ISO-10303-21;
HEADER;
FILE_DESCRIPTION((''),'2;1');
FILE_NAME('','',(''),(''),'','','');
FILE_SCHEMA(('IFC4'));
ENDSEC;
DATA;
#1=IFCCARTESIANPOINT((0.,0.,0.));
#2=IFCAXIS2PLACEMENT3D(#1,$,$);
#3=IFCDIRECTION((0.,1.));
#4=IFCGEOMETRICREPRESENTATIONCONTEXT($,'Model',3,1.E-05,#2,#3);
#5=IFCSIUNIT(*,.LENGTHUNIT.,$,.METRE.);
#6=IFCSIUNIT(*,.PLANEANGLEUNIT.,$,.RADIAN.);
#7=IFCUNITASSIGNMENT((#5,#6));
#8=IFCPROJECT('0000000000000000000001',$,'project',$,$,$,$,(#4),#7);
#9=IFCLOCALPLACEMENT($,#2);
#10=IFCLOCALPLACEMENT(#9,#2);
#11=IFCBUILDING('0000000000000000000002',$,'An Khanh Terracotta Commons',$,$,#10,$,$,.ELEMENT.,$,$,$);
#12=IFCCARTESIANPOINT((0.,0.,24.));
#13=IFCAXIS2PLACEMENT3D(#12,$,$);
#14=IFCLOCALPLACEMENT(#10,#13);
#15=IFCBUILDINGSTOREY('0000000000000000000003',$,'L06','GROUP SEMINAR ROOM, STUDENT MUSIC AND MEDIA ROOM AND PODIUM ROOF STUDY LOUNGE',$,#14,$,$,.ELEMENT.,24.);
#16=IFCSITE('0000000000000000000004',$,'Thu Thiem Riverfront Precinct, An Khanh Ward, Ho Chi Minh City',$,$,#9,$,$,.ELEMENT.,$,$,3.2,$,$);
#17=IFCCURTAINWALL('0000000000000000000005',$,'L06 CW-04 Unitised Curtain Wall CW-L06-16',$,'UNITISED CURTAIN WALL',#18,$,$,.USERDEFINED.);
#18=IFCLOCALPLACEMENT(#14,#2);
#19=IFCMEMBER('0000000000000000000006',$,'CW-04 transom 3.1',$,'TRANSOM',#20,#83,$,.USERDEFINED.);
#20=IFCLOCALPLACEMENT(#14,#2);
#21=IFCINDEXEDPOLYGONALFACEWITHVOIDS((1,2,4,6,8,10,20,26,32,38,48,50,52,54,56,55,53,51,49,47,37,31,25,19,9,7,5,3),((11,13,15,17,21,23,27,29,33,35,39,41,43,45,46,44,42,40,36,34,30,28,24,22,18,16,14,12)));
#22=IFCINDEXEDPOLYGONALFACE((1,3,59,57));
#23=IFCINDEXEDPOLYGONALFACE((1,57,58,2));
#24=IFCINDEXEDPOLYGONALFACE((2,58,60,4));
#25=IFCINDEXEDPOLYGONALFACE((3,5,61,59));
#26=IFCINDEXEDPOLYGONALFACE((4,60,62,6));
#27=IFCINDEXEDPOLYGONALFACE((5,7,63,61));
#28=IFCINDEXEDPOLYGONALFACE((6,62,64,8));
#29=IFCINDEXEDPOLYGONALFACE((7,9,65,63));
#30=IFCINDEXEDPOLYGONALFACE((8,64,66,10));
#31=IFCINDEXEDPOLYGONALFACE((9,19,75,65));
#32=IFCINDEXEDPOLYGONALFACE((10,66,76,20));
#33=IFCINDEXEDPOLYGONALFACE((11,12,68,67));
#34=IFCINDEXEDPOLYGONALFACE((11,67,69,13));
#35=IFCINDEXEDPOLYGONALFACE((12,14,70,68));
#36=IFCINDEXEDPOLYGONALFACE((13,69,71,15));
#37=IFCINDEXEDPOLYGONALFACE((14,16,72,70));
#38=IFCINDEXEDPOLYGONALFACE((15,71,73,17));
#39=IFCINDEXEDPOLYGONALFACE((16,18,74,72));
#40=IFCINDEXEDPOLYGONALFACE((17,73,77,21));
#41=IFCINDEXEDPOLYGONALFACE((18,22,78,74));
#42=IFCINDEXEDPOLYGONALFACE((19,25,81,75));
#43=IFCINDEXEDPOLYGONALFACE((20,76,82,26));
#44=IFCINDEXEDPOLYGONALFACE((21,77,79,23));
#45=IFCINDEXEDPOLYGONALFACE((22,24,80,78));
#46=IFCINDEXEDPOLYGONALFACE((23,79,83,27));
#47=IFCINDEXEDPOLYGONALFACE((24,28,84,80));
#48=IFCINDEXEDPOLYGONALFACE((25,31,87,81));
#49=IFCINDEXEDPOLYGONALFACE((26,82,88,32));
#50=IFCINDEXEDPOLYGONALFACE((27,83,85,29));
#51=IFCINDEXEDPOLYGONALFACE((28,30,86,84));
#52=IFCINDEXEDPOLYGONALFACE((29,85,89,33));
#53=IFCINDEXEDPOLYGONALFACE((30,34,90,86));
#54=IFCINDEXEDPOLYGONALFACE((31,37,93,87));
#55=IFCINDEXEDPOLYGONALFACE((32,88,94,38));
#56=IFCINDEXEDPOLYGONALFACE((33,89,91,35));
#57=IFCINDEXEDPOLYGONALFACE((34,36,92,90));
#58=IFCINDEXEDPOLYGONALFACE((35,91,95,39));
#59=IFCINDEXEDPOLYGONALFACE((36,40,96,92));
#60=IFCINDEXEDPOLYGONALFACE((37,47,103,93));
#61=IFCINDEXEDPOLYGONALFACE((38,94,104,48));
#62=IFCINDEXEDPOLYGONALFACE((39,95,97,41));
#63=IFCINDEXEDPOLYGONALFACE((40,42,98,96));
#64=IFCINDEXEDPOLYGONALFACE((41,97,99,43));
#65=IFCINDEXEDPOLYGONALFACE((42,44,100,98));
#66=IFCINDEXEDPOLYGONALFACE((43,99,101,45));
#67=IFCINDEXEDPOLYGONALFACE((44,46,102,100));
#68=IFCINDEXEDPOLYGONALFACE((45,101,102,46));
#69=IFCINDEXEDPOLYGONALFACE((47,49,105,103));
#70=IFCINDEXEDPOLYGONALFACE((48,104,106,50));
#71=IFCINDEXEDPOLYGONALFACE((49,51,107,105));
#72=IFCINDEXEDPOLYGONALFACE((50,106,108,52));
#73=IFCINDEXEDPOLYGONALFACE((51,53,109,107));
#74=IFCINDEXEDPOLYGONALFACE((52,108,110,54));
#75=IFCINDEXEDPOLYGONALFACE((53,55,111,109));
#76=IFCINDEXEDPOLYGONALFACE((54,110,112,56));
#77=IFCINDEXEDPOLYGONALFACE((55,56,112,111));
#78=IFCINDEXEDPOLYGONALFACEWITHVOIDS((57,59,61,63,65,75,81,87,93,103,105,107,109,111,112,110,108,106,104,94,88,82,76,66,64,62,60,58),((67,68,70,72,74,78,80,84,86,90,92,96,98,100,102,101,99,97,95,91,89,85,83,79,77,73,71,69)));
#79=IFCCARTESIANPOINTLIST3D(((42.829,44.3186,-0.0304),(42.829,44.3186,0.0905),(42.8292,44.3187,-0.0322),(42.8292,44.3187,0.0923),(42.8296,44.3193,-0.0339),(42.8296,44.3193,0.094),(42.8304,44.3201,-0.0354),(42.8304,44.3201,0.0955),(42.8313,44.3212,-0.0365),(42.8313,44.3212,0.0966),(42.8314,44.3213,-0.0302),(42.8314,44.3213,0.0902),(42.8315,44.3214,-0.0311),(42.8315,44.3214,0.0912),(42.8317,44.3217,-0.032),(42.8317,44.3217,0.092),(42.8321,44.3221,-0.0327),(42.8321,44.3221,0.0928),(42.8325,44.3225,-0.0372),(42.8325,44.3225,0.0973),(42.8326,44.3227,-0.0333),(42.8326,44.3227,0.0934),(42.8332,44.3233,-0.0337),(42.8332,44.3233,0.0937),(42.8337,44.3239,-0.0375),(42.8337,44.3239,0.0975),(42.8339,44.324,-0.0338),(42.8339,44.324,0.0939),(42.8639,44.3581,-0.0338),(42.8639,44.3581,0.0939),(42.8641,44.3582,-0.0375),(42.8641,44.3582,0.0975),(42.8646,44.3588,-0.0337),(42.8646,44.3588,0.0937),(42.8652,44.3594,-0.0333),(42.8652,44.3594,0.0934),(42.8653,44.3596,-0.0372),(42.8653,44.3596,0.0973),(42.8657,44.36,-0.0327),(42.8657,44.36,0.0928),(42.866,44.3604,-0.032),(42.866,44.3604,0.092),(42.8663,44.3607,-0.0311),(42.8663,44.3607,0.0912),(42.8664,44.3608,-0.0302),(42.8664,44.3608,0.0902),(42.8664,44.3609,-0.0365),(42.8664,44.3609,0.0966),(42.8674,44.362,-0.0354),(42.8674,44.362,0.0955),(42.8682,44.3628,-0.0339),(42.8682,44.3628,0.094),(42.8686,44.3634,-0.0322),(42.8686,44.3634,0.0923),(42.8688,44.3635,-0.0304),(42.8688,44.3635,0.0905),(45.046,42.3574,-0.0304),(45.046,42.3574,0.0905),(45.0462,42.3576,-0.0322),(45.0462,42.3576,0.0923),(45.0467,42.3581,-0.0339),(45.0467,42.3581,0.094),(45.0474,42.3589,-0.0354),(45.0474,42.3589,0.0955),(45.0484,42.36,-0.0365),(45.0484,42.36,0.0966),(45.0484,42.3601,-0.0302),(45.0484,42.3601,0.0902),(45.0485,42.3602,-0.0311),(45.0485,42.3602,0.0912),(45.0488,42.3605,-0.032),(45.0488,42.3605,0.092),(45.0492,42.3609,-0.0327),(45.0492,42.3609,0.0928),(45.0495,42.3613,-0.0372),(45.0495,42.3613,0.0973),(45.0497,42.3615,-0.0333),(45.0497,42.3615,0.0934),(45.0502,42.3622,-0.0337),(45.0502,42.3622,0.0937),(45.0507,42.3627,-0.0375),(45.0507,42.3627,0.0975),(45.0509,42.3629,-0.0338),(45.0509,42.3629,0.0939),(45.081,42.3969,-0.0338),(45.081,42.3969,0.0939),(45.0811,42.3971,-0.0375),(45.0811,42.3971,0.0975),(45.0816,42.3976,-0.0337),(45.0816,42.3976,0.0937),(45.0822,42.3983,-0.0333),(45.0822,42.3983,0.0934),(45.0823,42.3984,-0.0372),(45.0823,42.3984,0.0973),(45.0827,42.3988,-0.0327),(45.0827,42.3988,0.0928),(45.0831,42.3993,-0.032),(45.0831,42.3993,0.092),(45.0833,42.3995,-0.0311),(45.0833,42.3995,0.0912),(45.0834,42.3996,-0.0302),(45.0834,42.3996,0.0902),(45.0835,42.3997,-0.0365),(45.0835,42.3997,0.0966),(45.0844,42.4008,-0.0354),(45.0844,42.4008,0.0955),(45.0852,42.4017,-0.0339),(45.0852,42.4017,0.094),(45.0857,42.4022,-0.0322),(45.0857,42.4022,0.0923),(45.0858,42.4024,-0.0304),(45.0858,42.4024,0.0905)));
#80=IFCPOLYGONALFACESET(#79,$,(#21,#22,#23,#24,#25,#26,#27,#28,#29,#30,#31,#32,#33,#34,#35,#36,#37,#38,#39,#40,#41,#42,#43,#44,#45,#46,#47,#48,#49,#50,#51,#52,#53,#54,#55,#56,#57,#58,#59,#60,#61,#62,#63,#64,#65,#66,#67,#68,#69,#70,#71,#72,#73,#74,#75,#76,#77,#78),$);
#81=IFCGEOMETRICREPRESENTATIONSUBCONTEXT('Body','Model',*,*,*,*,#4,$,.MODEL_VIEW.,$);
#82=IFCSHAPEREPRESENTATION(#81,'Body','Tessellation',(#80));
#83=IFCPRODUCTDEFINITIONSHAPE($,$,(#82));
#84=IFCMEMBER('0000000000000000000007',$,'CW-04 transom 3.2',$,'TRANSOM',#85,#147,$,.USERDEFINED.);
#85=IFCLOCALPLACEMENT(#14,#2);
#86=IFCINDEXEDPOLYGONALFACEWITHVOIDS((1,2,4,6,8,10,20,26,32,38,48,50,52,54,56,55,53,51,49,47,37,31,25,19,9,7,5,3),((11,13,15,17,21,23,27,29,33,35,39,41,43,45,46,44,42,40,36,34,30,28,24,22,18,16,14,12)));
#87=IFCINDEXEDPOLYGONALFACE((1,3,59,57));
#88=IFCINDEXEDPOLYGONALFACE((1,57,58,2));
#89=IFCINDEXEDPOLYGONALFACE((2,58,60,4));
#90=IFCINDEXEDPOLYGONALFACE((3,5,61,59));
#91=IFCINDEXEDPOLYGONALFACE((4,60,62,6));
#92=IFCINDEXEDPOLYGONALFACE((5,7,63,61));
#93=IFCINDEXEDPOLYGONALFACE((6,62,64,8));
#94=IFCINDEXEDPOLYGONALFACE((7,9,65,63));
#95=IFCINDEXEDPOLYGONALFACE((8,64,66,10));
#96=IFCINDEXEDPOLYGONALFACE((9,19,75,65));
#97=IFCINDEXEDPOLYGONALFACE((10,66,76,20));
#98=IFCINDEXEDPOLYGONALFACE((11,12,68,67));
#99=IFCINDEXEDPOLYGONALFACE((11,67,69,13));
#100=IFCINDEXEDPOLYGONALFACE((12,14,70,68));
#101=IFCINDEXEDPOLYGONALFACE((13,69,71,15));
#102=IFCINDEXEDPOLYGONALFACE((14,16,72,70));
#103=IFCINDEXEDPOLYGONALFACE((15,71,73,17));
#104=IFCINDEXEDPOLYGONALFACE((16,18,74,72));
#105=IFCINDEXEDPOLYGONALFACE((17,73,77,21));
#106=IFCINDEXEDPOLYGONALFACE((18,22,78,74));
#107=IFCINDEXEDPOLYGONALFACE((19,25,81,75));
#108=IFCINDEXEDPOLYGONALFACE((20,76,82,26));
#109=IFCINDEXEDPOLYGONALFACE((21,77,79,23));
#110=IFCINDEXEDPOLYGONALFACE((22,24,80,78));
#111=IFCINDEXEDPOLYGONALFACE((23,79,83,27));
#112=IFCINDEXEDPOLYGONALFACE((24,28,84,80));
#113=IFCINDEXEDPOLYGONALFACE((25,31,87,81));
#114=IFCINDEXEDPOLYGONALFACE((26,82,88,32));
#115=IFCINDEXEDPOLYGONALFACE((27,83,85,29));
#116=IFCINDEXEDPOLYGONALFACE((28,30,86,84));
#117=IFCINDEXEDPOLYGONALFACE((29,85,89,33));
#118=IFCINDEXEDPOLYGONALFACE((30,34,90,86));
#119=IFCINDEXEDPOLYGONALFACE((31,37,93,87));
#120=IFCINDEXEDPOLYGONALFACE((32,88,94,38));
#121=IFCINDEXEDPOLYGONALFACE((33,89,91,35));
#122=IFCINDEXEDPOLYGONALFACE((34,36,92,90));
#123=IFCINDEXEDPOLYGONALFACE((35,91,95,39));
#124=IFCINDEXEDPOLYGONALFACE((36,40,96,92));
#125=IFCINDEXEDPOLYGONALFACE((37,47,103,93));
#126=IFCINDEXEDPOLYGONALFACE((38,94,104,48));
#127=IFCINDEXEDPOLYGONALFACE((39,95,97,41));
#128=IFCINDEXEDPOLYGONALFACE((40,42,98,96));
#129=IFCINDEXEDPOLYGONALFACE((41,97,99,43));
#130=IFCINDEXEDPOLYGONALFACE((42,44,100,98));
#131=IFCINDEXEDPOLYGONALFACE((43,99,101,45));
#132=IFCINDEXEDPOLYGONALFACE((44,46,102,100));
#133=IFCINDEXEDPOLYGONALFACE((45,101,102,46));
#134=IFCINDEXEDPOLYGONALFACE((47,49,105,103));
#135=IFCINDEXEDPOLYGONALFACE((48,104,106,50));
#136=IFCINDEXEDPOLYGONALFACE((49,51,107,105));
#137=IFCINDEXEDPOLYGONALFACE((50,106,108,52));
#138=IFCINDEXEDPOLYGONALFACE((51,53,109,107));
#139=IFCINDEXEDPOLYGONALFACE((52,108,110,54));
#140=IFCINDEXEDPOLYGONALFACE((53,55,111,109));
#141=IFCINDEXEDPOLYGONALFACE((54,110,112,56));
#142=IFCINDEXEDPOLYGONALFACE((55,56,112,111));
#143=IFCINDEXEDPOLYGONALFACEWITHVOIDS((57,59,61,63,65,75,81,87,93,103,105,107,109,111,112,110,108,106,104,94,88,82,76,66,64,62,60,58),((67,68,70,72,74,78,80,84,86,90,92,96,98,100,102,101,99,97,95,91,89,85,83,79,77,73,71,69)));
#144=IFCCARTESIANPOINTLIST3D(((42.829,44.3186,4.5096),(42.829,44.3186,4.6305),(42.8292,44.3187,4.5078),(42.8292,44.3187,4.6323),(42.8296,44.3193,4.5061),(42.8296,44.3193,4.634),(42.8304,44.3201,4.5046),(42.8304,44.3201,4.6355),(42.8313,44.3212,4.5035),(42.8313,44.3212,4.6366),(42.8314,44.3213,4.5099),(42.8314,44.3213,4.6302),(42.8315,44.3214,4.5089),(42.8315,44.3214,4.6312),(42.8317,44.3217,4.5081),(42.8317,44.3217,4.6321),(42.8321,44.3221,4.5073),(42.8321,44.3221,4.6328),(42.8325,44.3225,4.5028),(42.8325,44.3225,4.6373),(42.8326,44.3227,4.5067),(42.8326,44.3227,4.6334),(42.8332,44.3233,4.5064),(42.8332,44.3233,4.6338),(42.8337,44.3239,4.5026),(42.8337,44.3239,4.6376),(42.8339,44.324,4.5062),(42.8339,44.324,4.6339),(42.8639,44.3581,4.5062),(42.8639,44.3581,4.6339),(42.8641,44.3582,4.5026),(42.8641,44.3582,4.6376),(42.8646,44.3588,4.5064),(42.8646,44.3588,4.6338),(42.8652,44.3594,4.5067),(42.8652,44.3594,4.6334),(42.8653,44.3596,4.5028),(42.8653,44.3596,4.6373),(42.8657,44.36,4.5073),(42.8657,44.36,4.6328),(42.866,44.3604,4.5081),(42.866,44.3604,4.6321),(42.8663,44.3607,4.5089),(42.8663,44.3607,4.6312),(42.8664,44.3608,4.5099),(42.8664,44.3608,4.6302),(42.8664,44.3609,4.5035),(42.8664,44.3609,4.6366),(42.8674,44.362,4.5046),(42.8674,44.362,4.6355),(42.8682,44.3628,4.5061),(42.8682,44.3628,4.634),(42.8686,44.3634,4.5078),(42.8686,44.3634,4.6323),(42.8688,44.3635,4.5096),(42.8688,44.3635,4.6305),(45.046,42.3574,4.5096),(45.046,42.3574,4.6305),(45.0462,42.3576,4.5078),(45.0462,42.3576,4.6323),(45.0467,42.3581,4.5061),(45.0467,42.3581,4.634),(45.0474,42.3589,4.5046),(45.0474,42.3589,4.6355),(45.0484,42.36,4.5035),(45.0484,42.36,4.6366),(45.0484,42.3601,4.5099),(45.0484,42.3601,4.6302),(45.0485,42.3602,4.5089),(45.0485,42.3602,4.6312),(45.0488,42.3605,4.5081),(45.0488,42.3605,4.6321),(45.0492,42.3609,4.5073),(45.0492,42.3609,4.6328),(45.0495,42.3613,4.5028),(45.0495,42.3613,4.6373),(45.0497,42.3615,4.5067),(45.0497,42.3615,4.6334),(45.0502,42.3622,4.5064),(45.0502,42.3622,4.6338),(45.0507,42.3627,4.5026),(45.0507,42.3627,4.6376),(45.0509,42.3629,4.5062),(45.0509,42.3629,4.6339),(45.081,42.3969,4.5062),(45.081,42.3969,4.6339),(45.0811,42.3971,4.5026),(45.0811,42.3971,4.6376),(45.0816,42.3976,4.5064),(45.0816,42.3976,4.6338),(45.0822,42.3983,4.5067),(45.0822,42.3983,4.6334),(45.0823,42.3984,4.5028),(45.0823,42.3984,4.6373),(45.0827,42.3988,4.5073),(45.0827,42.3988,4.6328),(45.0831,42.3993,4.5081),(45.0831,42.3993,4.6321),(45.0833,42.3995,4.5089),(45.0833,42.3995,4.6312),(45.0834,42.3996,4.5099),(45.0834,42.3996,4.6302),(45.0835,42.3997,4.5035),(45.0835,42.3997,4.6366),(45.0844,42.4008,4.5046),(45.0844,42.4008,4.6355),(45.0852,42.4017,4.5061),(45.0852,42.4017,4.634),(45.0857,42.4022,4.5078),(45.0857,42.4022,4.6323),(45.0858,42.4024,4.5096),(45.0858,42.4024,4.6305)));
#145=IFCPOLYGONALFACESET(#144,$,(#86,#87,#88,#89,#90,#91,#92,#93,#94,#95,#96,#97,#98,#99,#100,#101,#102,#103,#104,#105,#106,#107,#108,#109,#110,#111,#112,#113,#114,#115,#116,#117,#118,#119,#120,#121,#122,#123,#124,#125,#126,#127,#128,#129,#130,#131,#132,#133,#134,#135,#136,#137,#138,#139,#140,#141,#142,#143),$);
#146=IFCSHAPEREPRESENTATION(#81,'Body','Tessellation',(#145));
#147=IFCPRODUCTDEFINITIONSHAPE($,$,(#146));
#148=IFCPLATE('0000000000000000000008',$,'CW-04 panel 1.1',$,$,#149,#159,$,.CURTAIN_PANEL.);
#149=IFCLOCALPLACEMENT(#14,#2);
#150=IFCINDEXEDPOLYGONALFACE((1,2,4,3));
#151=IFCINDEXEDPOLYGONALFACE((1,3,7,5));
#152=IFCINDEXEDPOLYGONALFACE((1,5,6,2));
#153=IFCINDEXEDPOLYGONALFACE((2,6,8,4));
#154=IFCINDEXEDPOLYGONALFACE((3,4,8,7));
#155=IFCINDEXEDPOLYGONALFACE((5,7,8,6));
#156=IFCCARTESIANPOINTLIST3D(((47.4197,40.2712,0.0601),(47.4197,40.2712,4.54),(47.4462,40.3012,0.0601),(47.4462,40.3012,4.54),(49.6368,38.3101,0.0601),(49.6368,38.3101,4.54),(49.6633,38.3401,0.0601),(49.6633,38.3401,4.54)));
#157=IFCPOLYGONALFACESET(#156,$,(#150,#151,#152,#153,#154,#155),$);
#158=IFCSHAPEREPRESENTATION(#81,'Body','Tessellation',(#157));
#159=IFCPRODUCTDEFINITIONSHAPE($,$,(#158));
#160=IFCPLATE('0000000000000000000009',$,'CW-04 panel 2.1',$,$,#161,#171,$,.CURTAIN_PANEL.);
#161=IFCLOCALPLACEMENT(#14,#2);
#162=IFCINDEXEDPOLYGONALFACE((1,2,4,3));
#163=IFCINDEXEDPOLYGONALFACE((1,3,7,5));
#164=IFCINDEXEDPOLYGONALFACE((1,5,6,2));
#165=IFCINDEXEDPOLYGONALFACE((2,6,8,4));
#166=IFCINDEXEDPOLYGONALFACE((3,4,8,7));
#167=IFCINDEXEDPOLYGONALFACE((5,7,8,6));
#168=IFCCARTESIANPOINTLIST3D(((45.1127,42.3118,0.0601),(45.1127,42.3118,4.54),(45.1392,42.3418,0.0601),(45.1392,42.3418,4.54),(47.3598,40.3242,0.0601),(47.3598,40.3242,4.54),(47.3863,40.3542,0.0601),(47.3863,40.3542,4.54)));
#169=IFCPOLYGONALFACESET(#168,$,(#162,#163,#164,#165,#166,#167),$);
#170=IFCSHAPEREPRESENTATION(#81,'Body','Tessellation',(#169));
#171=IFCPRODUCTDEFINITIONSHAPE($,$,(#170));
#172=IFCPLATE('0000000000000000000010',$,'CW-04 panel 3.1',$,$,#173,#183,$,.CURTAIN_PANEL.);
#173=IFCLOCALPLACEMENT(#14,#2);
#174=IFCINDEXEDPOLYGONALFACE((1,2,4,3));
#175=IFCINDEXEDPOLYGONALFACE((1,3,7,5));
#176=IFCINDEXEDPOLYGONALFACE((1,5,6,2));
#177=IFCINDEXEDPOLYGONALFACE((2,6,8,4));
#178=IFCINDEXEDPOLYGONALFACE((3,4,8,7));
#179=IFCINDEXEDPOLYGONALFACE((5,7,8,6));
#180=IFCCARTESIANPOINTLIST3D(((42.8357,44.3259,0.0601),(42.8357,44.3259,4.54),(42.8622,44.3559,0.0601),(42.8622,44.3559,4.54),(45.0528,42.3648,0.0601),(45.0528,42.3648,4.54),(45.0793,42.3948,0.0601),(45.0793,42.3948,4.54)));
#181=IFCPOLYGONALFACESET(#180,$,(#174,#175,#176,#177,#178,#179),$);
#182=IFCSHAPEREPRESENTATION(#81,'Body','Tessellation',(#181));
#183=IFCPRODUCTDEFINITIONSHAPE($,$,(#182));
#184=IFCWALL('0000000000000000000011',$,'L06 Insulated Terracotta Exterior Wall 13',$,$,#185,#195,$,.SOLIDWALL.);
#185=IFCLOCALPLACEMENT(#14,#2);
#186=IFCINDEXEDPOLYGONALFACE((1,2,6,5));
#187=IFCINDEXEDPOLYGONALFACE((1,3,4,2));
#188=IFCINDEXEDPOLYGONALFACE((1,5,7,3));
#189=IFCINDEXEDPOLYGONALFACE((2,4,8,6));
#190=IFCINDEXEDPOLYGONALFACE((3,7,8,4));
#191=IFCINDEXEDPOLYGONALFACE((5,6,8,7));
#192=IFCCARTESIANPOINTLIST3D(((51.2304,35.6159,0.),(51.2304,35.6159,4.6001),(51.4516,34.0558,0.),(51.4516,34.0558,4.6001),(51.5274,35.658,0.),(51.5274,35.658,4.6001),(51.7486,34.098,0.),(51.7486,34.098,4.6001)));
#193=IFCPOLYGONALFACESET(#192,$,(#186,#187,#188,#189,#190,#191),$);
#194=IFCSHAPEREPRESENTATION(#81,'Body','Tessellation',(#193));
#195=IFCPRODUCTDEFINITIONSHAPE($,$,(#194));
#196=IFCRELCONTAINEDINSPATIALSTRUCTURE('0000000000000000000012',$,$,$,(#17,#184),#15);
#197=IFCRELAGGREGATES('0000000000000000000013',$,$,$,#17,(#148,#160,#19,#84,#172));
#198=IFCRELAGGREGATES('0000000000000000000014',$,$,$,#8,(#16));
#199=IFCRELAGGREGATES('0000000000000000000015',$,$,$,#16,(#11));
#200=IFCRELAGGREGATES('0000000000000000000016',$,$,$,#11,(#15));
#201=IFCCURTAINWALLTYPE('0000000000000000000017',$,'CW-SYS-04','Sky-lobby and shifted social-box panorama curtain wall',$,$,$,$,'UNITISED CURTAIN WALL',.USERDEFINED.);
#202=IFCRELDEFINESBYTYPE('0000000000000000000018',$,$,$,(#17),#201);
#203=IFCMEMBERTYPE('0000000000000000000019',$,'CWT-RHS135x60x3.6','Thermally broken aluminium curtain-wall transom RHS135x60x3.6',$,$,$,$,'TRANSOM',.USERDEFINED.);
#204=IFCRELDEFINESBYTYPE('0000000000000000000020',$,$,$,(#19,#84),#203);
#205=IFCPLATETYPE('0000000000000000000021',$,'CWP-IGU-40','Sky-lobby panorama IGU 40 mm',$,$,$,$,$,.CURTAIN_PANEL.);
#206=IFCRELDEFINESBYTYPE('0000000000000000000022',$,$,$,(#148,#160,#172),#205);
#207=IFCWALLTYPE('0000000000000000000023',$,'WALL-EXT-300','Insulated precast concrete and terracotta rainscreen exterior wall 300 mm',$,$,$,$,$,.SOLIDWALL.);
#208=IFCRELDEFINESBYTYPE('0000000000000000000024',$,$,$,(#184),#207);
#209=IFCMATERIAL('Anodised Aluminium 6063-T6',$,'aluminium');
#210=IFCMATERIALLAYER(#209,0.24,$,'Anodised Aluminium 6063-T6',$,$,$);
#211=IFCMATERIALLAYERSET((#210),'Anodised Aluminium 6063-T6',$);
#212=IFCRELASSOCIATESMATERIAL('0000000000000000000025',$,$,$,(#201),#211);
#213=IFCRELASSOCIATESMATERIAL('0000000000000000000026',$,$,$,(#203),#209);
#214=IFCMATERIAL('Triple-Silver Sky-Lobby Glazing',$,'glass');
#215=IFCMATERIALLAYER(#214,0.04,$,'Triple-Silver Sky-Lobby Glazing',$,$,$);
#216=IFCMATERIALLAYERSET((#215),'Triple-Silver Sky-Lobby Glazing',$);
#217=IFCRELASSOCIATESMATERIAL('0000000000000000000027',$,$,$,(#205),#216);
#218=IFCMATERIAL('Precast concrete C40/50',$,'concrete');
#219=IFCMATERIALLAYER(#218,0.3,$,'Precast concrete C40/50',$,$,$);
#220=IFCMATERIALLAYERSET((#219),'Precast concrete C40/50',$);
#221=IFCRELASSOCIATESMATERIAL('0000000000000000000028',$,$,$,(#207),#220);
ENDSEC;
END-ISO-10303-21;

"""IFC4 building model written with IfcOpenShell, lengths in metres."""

from ifc_helpers import new_model, si_unit, direction, frame, frame_2d, origin, origin_2d, place, context, subcontext, project, spatial, rectangle, hollow_rectangle, extrude, material, layer, layer_set, material_profile, profile_set, type_object, element, aggregate, save


model = new_model("IFC4")

# Units and contexts
model_context = context("Model", 3, precision=1e-05, world=origin(), true_north=direction((0.0, 1.0)))
body_context = subcontext(model_context, "Body", "Model", "MODEL_VIEW")
ifc_project = project(units=[si_unit("LENGTHUNIT", "METRE"), si_unit("PLANEANGLEUNIT", "RADIAN")], contexts=[model_context])

# Site, building, storey
site_placement = place(None, origin())
site = spatial("IfcSite", under=ifc_project, at=site_placement, Name="Thu Thiem Riverfront Precinct, An Khanh Ward, Ho Chi Minh City", CompositionType="ELEMENT", RefElevation=3.2)
building_placement = place(site_placement, origin())
building = spatial("IfcBuilding", under=site, at=building_placement, Name="An Khanh Terracotta Commons", CompositionType="ELEMENT")
storey_placement = place(building_placement, frame((0.0, 0.0, 24.0)))
storey = spatial("IfcBuildingStorey", under=building, at=storey_placement, Name="L06", Description="GROUP SEMINAR ROOM, STUDENT MUSIC AND MEDIA ROOM AND PODIUM ROOF STUDY LOUNGE", CompositionType="ELEMENT", Elevation=24.0)

# Shared definitions
ifc_material_1 = material(Name="Anodised Aluminium 6063-T6", Category="aluminium")
ifc_layer_1 = layer(ifc_material_1, 0.24, Name="Anodised Aluminium 6063-T6")
ifc_layer_set_1 = layer_set([ifc_layer_1], Name="Anodised Aluminium 6063-T6")
curtain_wall_type = type_object("IfcCurtainWallType", Name="CW-SYS-04", Description="Sky-lobby and shifted social-box panorama curtain wall", ElementType="UNITISED CURTAIN WALL", PredefinedType="USERDEFINED", material=ifc_layer_set_1)

# Curtain wall, members, plates
curtain_wall_1_placement = place(storey_placement, origin())
curtain_wall_1 = element("IfcCurtainWall", 1, at=curtain_wall_1_placement, inside=storey, type_object=curtain_wall_type, Name="L06 CW-04 Unitised Curtain Wall CW-L06-16", ObjectType="UNITISED CURTAIN WALL", PredefinedType="USERDEFINED")
ifc_material_profile_1 = material_profile(ifc_material_1, hollow_rectangle(XDim=0.0601, YDim=0.135, WallThickness=0.0037, InnerFilletRadius=0.0037, OuterFilletRadius=0.0071, at=origin_2d()), Name="RHS135x60x3.6")
ifc_profile_set_1 = profile_set([ifc_material_profile_1], Name="Anodised Aluminium 6063-T6")
member_type_1 = type_object("IfcMemberType", Name="CWT-RHS135x60x3.6", Description="Thermally broken aluminium curtain-wall transom RHS135x60x3.6", ElementType="TRANSOM", PredefinedType="USERDEFINED", material=ifc_profile_set_1)
member_1_placement = place(storey_placement, frame((45.0659, 42.3799, 0.03), z_axis=(-0.749004, 0.662565, 0.0), x_axis=(-0.662565, -0.749004, 0.0)))
member_1 = element("IfcMember", 2, at=member_1_placement, type_object=member_type_1, Name="CW-04 transom 3.1", ObjectType="TRANSOM", PredefinedType="USERDEFINED", context=body_context, shape_type="SweptSolid", body=[
    extrude(hollow_rectangle(XDim=0.0601, YDim=0.135, WallThickness=0.0037, InnerFilletRadius=0.0037, OuterFilletRadius=0.0071, at=origin_2d()), origin(), (0.0, 0.0, 1.0), 2.96),
])
member_2_placement = place(storey_placement, frame((45.0659, 42.3799, 4.5701), z_axis=(-0.749004, 0.662565, 0.0), x_axis=(-0.662565, -0.749004, 0.0)))
member_2 = element("IfcMember", 3, at=member_2_placement, type_object=member_type_1, Name="CW-04 transom 3.2", ObjectType="TRANSOM", PredefinedType="USERDEFINED", context=body_context, shape_type="SweptSolid", body=[
    extrude(hollow_rectangle(XDim=0.0601, YDim=0.135, WallThickness=0.0037, InnerFilletRadius=0.0037, OuterFilletRadius=0.0071, at=origin_2d()), origin(), (0.0, 0.0, 1.0), 2.96),
])
ifc_material_2 = material(Name="Triple-Silver Sky-Lobby Glazing", Category="glass")
ifc_layer_2 = layer(ifc_material_2, 0.04, Name="Triple-Silver Sky-Lobby Glazing")
ifc_layer_set_2 = layer_set([ifc_layer_2], Name="Triple-Silver Sky-Lobby Glazing")
plate_type = type_object("IfcPlateType", Name="CWP-IGU-40", Description="Sky-lobby panorama IGU 40 mm", PredefinedType="CURTAIN_PANEL", material=ifc_layer_set_2)
plate_1_placement = place(storey_placement, frame((48.5415, 39.3057, 0.0601), z_axis=(0.0, 0.0, 1.0), x_axis=(-0.749019, 0.662548, 0.0)))
plate_1 = element("IfcPlate", 4, at=plate_1_placement, type_object=plate_type, Name="CW-04 panel 1.1", PredefinedType="CURTAIN_PANEL", context=body_context, shape_type="SweptSolid", body=[
    extrude(rectangle(XDim=2.96, YDim=0.04, at=origin_2d()), origin(), (0.0, 0.0, 1.0), 4.48),
])
plate_2_placement = place(storey_placement, frame((46.2495, 41.333, 0.0601), z_axis=(0.0, 0.0, 1.0), x_axis=(-0.749019, 0.662548, 0.0)))
plate_2 = element("IfcPlate", 5, at=plate_2_placement, type_object=plate_type, Name="CW-04 panel 2.1", PredefinedType="CURTAIN_PANEL", context=body_context, shape_type="SweptSolid", body=[
    extrude(rectangle(XDim=3.0, YDim=0.04, at=origin_2d()), origin(), (0.0, 0.0, 1.0), 4.48),
])
plate_3_placement = place(storey_placement, frame((43.9575, 43.3604, 0.0601), z_axis=(0.0, 0.0, 1.0), x_axis=(-0.749019, 0.662548, 0.0)))
plate_3 = element("IfcPlate", 6, at=plate_3_placement, type_object=plate_type, Name="CW-04 panel 3.1", PredefinedType="CURTAIN_PANEL", context=body_context, shape_type="SweptSolid", body=[
    extrude(rectangle(XDim=2.96, YDim=0.04, at=origin_2d()), origin(), (0.0, 0.0, 1.0), 4.48),
])
aggregate(curtain_wall_1, [plate_1, plate_2, member_1, member_2, plate_3])

# Wall
ifc_material_3 = material(Name="Precast concrete C40/50", Category="concrete")
ifc_layer_3 = layer(ifc_material_3, 0.3, Name="Precast concrete C40/50")
ifc_layer_set_3 = layer_set([ifc_layer_3], Name="Precast concrete C40/50")
wall_type = type_object("IfcWallType", Name="WALL-EXT-300", Description="Insulated precast concrete and terracotta rainscreen exterior wall 300 mm", PredefinedType="SOLIDWALL", material=ifc_layer_set_3)
wall_1_placement = place(storey_placement, frame((51.6001, 34.0769, 0.0), z_axis=(0.0, 0.0, 1.0), x_axis=(-0.14038, 0.990098, 0.0)))
element("IfcWall", 7, at=wall_1_placement, inside=storey, type_object=wall_type, Name="L06 Insulated Terracotta Exterior Wall 13", PredefinedType="SOLIDWALL", context=body_context, shape_type="SweptSolid", body=[
    extrude(rectangle(XDim=1.5757, YDim=0.3, at=frame_2d((0.7878, 0.0))), origin(), (0.0, 0.0, 1.0), 4.6001),
])

save(model, "model.ifc")
